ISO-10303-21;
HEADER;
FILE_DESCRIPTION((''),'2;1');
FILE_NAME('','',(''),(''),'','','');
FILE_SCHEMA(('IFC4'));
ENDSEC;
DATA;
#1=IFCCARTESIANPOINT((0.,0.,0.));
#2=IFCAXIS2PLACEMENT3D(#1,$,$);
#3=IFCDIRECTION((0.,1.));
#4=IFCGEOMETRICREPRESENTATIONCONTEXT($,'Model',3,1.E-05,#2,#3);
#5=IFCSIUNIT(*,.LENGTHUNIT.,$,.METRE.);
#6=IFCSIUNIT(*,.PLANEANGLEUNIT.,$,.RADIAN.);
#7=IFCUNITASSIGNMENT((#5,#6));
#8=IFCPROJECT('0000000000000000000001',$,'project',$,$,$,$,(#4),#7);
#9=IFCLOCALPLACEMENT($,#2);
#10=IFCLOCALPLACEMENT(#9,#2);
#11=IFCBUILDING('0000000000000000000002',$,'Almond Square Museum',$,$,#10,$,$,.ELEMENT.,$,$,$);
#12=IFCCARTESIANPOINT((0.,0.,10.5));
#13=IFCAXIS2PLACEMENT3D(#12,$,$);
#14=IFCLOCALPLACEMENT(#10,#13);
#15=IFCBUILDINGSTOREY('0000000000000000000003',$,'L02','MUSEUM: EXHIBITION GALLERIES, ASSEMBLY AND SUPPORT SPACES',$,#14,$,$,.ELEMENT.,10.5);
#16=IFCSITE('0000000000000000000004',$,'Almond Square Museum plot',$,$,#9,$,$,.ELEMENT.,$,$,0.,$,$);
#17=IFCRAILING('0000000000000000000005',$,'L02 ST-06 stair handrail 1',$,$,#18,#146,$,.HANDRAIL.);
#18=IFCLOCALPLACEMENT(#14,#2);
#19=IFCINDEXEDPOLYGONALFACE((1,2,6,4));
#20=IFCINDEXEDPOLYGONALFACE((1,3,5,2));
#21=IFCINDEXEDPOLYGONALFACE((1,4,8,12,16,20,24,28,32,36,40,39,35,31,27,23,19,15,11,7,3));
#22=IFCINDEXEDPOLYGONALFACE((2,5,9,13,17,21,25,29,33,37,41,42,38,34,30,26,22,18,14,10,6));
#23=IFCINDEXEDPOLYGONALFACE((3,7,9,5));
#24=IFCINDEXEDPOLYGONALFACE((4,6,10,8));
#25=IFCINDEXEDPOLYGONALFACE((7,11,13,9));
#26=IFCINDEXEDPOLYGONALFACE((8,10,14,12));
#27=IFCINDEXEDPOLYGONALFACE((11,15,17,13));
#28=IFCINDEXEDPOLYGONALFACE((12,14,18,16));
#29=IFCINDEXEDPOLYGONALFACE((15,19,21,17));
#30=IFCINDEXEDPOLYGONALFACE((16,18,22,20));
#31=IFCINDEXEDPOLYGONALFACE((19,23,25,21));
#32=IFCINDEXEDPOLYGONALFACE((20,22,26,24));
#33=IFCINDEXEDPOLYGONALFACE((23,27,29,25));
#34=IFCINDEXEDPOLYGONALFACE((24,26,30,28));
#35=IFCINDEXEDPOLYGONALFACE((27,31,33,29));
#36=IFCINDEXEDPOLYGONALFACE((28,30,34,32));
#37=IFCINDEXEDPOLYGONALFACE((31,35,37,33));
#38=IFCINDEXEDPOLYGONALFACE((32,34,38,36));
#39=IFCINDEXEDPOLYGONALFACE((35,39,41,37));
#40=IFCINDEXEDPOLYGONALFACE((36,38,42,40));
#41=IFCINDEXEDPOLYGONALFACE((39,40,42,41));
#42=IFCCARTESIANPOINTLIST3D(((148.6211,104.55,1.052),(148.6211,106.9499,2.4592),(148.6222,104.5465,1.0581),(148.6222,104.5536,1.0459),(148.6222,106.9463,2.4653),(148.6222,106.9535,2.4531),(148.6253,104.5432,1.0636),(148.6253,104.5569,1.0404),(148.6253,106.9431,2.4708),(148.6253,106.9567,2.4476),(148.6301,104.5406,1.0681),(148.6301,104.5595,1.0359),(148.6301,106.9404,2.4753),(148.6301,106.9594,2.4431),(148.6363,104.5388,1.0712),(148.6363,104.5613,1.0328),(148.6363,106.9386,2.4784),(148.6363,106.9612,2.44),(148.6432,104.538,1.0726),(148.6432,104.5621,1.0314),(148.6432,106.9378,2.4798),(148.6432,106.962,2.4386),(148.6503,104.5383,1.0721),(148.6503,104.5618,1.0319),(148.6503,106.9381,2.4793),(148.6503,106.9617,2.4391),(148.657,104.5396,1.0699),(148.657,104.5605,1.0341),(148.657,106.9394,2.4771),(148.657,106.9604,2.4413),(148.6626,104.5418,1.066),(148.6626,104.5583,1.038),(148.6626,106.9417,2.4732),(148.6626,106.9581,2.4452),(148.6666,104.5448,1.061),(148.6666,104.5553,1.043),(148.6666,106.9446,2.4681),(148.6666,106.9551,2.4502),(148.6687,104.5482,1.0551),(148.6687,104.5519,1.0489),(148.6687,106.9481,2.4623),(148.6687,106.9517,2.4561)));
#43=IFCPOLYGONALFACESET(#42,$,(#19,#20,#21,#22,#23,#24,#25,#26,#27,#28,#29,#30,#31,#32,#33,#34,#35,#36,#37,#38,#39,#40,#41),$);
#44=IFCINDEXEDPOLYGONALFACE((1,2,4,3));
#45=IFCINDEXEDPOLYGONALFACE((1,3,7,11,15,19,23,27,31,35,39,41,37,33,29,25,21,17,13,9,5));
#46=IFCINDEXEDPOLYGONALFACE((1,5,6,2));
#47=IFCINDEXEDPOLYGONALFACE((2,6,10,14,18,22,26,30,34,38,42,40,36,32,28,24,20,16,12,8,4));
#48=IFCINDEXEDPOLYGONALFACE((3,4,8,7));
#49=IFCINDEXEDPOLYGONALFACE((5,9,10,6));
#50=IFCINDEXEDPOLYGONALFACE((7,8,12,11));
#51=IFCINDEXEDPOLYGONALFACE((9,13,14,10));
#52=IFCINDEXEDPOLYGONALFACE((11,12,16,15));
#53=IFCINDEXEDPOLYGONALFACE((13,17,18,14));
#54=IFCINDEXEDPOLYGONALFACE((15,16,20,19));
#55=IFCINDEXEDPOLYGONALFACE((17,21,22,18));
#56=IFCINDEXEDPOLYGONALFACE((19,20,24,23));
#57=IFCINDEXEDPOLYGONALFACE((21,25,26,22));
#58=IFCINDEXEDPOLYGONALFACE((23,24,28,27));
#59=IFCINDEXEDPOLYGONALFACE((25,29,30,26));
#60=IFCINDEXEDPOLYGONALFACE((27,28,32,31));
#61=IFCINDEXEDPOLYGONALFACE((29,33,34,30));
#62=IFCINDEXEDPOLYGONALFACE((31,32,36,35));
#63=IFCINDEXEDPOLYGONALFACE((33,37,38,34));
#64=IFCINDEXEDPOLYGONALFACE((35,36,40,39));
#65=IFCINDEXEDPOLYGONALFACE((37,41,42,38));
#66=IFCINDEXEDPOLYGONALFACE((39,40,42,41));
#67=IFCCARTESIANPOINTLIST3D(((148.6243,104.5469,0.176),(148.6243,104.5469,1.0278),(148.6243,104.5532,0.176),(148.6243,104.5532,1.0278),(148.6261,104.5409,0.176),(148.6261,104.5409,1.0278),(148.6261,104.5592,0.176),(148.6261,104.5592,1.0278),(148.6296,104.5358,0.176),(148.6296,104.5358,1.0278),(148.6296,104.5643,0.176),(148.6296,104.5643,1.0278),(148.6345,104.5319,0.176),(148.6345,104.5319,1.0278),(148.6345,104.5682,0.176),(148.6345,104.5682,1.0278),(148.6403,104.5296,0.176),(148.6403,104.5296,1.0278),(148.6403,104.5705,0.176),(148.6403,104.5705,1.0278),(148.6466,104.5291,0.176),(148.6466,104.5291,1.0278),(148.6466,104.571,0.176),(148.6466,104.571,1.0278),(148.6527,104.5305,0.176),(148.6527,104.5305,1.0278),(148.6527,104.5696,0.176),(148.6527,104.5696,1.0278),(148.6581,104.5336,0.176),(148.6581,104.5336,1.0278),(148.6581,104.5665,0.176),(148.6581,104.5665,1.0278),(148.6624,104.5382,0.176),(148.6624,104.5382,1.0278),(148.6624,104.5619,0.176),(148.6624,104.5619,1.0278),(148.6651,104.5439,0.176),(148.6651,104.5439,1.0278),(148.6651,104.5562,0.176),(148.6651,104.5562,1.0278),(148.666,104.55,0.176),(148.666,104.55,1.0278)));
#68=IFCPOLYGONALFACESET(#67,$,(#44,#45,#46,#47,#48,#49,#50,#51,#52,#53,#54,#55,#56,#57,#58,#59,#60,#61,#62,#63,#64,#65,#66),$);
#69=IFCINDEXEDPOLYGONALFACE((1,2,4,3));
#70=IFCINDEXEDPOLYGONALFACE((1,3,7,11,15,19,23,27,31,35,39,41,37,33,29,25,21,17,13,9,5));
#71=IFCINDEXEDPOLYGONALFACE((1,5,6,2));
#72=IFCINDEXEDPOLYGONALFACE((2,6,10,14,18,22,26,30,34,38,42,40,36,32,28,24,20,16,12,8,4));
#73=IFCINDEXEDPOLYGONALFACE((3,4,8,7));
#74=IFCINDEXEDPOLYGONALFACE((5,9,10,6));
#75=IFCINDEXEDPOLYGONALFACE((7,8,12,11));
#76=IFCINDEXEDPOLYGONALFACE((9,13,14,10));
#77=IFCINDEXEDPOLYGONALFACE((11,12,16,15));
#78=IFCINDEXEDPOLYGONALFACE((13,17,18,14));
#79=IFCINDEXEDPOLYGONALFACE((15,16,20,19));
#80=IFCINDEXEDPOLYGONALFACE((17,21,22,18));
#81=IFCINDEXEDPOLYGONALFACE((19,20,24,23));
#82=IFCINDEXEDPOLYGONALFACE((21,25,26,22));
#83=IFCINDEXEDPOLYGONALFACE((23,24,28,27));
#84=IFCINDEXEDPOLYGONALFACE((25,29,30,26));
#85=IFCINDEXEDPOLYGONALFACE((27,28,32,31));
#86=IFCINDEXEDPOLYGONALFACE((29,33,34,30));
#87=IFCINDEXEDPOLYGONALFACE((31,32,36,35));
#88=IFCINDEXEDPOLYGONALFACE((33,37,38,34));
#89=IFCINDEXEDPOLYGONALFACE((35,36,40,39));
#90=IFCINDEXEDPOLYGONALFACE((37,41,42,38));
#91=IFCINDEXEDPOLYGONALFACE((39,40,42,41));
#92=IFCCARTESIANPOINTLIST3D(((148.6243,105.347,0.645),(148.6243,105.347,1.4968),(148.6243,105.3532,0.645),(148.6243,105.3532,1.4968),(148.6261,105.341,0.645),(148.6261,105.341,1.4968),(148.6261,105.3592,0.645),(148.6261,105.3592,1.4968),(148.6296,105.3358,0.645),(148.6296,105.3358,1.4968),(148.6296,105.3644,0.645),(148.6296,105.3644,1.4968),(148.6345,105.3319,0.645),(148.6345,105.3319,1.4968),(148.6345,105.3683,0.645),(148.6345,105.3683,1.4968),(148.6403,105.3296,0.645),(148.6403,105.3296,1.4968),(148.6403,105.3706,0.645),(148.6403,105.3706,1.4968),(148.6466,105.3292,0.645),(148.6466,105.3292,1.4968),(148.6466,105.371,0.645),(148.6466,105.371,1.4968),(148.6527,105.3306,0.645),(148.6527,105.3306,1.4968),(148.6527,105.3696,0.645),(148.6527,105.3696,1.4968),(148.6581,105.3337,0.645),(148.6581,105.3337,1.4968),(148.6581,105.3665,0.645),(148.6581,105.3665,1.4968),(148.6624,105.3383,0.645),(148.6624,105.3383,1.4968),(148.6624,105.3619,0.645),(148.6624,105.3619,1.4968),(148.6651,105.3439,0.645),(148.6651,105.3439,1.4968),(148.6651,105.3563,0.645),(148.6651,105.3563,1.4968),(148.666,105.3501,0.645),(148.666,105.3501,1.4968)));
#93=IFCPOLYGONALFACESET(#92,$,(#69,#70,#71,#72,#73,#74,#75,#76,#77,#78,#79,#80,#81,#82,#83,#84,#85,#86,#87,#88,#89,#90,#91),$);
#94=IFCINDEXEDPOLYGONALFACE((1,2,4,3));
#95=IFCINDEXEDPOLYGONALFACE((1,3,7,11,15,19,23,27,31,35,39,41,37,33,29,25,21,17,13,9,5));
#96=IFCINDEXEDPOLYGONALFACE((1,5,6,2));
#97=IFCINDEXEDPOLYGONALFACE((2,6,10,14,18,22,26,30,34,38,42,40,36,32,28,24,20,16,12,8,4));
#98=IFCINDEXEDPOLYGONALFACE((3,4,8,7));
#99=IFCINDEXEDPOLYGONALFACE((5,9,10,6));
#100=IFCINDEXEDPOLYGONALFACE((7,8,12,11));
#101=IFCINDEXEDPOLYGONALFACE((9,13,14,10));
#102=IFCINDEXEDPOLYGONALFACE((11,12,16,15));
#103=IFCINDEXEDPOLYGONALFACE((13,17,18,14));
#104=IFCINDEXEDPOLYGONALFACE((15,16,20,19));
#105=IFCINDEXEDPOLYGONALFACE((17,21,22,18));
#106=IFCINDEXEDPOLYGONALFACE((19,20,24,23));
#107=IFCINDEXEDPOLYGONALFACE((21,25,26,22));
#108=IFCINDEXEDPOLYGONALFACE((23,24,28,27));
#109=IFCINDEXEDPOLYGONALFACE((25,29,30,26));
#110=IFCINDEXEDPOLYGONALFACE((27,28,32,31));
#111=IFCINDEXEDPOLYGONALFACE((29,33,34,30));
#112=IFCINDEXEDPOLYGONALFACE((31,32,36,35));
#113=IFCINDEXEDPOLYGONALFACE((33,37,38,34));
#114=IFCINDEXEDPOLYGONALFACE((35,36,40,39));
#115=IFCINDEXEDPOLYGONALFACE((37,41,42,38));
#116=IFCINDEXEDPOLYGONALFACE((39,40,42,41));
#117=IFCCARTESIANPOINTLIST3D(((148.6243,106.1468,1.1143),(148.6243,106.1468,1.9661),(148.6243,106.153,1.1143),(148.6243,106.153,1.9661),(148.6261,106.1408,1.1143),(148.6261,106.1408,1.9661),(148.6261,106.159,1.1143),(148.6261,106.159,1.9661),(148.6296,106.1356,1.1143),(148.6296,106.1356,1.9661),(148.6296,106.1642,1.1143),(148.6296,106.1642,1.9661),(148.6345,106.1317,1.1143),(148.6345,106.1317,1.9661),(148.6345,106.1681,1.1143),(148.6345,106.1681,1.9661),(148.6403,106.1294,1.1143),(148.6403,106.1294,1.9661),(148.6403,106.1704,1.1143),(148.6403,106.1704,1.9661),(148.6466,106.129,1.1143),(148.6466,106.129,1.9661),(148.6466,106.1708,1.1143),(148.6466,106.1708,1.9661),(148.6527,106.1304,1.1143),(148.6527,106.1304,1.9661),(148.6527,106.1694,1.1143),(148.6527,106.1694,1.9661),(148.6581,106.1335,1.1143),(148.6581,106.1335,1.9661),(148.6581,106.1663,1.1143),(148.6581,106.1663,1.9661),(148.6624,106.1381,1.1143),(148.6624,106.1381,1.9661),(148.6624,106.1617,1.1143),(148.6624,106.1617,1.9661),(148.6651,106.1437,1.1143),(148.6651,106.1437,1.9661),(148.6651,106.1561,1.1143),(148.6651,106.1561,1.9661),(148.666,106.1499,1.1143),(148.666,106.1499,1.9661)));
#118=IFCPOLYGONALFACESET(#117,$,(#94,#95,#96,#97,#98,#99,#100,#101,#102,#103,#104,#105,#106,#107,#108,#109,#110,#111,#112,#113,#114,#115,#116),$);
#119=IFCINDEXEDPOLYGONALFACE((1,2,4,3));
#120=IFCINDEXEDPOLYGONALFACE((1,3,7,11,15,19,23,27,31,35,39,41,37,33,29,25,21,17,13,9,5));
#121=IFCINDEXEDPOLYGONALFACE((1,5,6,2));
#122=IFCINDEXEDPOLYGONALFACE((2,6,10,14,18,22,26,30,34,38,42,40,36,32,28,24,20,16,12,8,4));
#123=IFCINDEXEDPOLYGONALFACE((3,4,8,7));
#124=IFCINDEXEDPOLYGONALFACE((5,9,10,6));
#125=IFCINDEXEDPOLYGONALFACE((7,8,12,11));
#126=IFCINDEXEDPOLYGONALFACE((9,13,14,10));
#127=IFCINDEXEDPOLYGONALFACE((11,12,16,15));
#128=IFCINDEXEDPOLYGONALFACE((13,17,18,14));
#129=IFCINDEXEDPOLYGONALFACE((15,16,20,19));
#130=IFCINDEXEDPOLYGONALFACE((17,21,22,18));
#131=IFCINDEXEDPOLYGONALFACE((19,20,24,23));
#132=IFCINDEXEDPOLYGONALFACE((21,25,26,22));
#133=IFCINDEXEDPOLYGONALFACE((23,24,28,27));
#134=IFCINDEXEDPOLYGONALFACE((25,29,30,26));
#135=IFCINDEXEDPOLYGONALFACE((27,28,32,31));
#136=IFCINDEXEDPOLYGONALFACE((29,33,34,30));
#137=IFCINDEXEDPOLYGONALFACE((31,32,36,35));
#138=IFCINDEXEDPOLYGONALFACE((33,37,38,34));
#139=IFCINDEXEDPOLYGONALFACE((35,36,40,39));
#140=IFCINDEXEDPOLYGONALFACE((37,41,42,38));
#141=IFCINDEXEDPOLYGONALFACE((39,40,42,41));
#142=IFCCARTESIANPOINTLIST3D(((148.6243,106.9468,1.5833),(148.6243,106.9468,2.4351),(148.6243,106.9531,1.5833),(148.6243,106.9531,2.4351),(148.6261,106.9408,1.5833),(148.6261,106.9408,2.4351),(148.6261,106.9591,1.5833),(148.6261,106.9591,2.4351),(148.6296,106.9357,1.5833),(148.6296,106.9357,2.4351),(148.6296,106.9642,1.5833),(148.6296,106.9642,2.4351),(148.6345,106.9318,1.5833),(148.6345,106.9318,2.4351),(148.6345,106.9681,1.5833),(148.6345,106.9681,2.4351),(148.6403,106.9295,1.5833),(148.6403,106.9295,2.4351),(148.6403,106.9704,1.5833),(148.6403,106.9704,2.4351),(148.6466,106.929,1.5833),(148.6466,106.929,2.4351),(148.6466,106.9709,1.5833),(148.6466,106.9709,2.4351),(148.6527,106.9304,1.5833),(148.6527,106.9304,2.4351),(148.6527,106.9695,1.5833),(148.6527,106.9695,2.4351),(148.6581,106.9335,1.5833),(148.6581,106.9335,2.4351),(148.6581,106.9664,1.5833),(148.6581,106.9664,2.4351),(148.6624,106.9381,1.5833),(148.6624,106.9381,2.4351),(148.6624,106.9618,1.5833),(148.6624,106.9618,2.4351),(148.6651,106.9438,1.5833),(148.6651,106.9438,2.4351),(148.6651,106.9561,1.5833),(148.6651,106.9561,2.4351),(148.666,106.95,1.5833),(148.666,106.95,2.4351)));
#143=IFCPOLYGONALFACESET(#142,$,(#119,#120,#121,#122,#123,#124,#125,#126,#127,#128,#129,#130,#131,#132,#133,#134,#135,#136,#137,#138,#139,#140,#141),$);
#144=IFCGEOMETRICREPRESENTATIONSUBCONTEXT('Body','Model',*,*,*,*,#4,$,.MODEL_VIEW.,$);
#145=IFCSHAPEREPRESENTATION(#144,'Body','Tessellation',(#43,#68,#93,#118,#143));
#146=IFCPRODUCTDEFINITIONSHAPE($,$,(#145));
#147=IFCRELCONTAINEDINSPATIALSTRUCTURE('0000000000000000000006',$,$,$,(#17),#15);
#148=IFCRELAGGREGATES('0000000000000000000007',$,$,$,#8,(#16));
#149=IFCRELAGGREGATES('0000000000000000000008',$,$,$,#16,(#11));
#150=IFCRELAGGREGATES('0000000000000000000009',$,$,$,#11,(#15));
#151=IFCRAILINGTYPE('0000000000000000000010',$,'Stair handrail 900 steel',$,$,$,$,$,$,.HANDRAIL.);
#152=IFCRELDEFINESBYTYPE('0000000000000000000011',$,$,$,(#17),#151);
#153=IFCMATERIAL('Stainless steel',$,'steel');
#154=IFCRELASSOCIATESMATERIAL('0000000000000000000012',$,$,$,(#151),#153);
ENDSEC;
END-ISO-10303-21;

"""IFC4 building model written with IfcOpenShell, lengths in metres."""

from ifc_helpers import new_model, si_unit, direction, frame, origin, origin_2d, place, context, subcontext, project, spatial, circle, extrude, material, type_object, element, save


model = new_model("IFC4")

# Units and contexts
model_context = context("Model", 3, precision=1e-05, world=origin(), true_north=direction((0.0, 1.0)))
body_context = subcontext(model_context, "Body", "Model", "MODEL_VIEW")
ifc_project = project(units=[si_unit("LENGTHUNIT", "METRE"), si_unit("PLANEANGLEUNIT", "RADIAN")], contexts=[model_context])

# Site, building, storey
site_placement = place(None, origin())
site = spatial("IfcSite", under=ifc_project, at=site_placement, Name="Almond Square Museum plot", CompositionType="ELEMENT", RefElevation=0.0)
building_placement = place(site_placement, origin())
building = spatial("IfcBuilding", under=site, at=building_placement, Name="Almond Square Museum", CompositionType="ELEMENT")
storey_placement = place(building_placement, frame((0.0, 0.0, 10.5)))
storey = spatial("IfcBuildingStorey", under=building, at=storey_placement, Name="L02", Description="MUSEUM: EXHIBITION GALLERIES, ASSEMBLY AND SUPPORT SPACES", CompositionType="ELEMENT", Elevation=10.5)

# Railing
ifc_material_1 = material(Name="Stainless steel", Category="steel")
railing_type_1 = type_object("IfcRailingType", Name="Stair handrail 900 steel", PredefinedType="HANDRAIL", material=ifc_material_1)
railing_placement = place(storey_placement, frame((148.645, 104.55, 0.176)))
element("IfcRailing", 1, at=railing_placement, inside=storey, type_object=railing_type_1, Name="L02 ST-06 stair handrail 1", PredefinedType="HANDRAIL", context=body_context, shape_type="SweptSolid", body=[
    extrude(circle(Radius=0.0239, at=origin_2d()), frame((0.0, 0.0, 0.876), z_axis=(0.0, 0.862637, 0.505823), x_axis=(-1.0, 0.0, 0.0)), (0.0, 0.0, 1.0), 2.782),
    extrude(circle(Radius=0.021, at=origin_2d()), origin(), (0.0, 0.0, 1.0), 0.8518),
    extrude(circle(Radius=0.021, at=origin_2d()), frame((0.0, 0.8, 0.469)), (0.0, 0.0, 1.0), 0.8518),
    extrude(circle(Radius=0.021, at=origin_2d()), frame((0.0, 1.5999, 0.9382)), (0.0, 0.0, 1.0), 0.8518),
    extrude(circle(Radius=0.021, at=origin_2d()), frame((0.0, 2.3999, 1.4072)), (0.0, 0.0, 1.0), 0.8518),
])

save(model, "model.ifc")
